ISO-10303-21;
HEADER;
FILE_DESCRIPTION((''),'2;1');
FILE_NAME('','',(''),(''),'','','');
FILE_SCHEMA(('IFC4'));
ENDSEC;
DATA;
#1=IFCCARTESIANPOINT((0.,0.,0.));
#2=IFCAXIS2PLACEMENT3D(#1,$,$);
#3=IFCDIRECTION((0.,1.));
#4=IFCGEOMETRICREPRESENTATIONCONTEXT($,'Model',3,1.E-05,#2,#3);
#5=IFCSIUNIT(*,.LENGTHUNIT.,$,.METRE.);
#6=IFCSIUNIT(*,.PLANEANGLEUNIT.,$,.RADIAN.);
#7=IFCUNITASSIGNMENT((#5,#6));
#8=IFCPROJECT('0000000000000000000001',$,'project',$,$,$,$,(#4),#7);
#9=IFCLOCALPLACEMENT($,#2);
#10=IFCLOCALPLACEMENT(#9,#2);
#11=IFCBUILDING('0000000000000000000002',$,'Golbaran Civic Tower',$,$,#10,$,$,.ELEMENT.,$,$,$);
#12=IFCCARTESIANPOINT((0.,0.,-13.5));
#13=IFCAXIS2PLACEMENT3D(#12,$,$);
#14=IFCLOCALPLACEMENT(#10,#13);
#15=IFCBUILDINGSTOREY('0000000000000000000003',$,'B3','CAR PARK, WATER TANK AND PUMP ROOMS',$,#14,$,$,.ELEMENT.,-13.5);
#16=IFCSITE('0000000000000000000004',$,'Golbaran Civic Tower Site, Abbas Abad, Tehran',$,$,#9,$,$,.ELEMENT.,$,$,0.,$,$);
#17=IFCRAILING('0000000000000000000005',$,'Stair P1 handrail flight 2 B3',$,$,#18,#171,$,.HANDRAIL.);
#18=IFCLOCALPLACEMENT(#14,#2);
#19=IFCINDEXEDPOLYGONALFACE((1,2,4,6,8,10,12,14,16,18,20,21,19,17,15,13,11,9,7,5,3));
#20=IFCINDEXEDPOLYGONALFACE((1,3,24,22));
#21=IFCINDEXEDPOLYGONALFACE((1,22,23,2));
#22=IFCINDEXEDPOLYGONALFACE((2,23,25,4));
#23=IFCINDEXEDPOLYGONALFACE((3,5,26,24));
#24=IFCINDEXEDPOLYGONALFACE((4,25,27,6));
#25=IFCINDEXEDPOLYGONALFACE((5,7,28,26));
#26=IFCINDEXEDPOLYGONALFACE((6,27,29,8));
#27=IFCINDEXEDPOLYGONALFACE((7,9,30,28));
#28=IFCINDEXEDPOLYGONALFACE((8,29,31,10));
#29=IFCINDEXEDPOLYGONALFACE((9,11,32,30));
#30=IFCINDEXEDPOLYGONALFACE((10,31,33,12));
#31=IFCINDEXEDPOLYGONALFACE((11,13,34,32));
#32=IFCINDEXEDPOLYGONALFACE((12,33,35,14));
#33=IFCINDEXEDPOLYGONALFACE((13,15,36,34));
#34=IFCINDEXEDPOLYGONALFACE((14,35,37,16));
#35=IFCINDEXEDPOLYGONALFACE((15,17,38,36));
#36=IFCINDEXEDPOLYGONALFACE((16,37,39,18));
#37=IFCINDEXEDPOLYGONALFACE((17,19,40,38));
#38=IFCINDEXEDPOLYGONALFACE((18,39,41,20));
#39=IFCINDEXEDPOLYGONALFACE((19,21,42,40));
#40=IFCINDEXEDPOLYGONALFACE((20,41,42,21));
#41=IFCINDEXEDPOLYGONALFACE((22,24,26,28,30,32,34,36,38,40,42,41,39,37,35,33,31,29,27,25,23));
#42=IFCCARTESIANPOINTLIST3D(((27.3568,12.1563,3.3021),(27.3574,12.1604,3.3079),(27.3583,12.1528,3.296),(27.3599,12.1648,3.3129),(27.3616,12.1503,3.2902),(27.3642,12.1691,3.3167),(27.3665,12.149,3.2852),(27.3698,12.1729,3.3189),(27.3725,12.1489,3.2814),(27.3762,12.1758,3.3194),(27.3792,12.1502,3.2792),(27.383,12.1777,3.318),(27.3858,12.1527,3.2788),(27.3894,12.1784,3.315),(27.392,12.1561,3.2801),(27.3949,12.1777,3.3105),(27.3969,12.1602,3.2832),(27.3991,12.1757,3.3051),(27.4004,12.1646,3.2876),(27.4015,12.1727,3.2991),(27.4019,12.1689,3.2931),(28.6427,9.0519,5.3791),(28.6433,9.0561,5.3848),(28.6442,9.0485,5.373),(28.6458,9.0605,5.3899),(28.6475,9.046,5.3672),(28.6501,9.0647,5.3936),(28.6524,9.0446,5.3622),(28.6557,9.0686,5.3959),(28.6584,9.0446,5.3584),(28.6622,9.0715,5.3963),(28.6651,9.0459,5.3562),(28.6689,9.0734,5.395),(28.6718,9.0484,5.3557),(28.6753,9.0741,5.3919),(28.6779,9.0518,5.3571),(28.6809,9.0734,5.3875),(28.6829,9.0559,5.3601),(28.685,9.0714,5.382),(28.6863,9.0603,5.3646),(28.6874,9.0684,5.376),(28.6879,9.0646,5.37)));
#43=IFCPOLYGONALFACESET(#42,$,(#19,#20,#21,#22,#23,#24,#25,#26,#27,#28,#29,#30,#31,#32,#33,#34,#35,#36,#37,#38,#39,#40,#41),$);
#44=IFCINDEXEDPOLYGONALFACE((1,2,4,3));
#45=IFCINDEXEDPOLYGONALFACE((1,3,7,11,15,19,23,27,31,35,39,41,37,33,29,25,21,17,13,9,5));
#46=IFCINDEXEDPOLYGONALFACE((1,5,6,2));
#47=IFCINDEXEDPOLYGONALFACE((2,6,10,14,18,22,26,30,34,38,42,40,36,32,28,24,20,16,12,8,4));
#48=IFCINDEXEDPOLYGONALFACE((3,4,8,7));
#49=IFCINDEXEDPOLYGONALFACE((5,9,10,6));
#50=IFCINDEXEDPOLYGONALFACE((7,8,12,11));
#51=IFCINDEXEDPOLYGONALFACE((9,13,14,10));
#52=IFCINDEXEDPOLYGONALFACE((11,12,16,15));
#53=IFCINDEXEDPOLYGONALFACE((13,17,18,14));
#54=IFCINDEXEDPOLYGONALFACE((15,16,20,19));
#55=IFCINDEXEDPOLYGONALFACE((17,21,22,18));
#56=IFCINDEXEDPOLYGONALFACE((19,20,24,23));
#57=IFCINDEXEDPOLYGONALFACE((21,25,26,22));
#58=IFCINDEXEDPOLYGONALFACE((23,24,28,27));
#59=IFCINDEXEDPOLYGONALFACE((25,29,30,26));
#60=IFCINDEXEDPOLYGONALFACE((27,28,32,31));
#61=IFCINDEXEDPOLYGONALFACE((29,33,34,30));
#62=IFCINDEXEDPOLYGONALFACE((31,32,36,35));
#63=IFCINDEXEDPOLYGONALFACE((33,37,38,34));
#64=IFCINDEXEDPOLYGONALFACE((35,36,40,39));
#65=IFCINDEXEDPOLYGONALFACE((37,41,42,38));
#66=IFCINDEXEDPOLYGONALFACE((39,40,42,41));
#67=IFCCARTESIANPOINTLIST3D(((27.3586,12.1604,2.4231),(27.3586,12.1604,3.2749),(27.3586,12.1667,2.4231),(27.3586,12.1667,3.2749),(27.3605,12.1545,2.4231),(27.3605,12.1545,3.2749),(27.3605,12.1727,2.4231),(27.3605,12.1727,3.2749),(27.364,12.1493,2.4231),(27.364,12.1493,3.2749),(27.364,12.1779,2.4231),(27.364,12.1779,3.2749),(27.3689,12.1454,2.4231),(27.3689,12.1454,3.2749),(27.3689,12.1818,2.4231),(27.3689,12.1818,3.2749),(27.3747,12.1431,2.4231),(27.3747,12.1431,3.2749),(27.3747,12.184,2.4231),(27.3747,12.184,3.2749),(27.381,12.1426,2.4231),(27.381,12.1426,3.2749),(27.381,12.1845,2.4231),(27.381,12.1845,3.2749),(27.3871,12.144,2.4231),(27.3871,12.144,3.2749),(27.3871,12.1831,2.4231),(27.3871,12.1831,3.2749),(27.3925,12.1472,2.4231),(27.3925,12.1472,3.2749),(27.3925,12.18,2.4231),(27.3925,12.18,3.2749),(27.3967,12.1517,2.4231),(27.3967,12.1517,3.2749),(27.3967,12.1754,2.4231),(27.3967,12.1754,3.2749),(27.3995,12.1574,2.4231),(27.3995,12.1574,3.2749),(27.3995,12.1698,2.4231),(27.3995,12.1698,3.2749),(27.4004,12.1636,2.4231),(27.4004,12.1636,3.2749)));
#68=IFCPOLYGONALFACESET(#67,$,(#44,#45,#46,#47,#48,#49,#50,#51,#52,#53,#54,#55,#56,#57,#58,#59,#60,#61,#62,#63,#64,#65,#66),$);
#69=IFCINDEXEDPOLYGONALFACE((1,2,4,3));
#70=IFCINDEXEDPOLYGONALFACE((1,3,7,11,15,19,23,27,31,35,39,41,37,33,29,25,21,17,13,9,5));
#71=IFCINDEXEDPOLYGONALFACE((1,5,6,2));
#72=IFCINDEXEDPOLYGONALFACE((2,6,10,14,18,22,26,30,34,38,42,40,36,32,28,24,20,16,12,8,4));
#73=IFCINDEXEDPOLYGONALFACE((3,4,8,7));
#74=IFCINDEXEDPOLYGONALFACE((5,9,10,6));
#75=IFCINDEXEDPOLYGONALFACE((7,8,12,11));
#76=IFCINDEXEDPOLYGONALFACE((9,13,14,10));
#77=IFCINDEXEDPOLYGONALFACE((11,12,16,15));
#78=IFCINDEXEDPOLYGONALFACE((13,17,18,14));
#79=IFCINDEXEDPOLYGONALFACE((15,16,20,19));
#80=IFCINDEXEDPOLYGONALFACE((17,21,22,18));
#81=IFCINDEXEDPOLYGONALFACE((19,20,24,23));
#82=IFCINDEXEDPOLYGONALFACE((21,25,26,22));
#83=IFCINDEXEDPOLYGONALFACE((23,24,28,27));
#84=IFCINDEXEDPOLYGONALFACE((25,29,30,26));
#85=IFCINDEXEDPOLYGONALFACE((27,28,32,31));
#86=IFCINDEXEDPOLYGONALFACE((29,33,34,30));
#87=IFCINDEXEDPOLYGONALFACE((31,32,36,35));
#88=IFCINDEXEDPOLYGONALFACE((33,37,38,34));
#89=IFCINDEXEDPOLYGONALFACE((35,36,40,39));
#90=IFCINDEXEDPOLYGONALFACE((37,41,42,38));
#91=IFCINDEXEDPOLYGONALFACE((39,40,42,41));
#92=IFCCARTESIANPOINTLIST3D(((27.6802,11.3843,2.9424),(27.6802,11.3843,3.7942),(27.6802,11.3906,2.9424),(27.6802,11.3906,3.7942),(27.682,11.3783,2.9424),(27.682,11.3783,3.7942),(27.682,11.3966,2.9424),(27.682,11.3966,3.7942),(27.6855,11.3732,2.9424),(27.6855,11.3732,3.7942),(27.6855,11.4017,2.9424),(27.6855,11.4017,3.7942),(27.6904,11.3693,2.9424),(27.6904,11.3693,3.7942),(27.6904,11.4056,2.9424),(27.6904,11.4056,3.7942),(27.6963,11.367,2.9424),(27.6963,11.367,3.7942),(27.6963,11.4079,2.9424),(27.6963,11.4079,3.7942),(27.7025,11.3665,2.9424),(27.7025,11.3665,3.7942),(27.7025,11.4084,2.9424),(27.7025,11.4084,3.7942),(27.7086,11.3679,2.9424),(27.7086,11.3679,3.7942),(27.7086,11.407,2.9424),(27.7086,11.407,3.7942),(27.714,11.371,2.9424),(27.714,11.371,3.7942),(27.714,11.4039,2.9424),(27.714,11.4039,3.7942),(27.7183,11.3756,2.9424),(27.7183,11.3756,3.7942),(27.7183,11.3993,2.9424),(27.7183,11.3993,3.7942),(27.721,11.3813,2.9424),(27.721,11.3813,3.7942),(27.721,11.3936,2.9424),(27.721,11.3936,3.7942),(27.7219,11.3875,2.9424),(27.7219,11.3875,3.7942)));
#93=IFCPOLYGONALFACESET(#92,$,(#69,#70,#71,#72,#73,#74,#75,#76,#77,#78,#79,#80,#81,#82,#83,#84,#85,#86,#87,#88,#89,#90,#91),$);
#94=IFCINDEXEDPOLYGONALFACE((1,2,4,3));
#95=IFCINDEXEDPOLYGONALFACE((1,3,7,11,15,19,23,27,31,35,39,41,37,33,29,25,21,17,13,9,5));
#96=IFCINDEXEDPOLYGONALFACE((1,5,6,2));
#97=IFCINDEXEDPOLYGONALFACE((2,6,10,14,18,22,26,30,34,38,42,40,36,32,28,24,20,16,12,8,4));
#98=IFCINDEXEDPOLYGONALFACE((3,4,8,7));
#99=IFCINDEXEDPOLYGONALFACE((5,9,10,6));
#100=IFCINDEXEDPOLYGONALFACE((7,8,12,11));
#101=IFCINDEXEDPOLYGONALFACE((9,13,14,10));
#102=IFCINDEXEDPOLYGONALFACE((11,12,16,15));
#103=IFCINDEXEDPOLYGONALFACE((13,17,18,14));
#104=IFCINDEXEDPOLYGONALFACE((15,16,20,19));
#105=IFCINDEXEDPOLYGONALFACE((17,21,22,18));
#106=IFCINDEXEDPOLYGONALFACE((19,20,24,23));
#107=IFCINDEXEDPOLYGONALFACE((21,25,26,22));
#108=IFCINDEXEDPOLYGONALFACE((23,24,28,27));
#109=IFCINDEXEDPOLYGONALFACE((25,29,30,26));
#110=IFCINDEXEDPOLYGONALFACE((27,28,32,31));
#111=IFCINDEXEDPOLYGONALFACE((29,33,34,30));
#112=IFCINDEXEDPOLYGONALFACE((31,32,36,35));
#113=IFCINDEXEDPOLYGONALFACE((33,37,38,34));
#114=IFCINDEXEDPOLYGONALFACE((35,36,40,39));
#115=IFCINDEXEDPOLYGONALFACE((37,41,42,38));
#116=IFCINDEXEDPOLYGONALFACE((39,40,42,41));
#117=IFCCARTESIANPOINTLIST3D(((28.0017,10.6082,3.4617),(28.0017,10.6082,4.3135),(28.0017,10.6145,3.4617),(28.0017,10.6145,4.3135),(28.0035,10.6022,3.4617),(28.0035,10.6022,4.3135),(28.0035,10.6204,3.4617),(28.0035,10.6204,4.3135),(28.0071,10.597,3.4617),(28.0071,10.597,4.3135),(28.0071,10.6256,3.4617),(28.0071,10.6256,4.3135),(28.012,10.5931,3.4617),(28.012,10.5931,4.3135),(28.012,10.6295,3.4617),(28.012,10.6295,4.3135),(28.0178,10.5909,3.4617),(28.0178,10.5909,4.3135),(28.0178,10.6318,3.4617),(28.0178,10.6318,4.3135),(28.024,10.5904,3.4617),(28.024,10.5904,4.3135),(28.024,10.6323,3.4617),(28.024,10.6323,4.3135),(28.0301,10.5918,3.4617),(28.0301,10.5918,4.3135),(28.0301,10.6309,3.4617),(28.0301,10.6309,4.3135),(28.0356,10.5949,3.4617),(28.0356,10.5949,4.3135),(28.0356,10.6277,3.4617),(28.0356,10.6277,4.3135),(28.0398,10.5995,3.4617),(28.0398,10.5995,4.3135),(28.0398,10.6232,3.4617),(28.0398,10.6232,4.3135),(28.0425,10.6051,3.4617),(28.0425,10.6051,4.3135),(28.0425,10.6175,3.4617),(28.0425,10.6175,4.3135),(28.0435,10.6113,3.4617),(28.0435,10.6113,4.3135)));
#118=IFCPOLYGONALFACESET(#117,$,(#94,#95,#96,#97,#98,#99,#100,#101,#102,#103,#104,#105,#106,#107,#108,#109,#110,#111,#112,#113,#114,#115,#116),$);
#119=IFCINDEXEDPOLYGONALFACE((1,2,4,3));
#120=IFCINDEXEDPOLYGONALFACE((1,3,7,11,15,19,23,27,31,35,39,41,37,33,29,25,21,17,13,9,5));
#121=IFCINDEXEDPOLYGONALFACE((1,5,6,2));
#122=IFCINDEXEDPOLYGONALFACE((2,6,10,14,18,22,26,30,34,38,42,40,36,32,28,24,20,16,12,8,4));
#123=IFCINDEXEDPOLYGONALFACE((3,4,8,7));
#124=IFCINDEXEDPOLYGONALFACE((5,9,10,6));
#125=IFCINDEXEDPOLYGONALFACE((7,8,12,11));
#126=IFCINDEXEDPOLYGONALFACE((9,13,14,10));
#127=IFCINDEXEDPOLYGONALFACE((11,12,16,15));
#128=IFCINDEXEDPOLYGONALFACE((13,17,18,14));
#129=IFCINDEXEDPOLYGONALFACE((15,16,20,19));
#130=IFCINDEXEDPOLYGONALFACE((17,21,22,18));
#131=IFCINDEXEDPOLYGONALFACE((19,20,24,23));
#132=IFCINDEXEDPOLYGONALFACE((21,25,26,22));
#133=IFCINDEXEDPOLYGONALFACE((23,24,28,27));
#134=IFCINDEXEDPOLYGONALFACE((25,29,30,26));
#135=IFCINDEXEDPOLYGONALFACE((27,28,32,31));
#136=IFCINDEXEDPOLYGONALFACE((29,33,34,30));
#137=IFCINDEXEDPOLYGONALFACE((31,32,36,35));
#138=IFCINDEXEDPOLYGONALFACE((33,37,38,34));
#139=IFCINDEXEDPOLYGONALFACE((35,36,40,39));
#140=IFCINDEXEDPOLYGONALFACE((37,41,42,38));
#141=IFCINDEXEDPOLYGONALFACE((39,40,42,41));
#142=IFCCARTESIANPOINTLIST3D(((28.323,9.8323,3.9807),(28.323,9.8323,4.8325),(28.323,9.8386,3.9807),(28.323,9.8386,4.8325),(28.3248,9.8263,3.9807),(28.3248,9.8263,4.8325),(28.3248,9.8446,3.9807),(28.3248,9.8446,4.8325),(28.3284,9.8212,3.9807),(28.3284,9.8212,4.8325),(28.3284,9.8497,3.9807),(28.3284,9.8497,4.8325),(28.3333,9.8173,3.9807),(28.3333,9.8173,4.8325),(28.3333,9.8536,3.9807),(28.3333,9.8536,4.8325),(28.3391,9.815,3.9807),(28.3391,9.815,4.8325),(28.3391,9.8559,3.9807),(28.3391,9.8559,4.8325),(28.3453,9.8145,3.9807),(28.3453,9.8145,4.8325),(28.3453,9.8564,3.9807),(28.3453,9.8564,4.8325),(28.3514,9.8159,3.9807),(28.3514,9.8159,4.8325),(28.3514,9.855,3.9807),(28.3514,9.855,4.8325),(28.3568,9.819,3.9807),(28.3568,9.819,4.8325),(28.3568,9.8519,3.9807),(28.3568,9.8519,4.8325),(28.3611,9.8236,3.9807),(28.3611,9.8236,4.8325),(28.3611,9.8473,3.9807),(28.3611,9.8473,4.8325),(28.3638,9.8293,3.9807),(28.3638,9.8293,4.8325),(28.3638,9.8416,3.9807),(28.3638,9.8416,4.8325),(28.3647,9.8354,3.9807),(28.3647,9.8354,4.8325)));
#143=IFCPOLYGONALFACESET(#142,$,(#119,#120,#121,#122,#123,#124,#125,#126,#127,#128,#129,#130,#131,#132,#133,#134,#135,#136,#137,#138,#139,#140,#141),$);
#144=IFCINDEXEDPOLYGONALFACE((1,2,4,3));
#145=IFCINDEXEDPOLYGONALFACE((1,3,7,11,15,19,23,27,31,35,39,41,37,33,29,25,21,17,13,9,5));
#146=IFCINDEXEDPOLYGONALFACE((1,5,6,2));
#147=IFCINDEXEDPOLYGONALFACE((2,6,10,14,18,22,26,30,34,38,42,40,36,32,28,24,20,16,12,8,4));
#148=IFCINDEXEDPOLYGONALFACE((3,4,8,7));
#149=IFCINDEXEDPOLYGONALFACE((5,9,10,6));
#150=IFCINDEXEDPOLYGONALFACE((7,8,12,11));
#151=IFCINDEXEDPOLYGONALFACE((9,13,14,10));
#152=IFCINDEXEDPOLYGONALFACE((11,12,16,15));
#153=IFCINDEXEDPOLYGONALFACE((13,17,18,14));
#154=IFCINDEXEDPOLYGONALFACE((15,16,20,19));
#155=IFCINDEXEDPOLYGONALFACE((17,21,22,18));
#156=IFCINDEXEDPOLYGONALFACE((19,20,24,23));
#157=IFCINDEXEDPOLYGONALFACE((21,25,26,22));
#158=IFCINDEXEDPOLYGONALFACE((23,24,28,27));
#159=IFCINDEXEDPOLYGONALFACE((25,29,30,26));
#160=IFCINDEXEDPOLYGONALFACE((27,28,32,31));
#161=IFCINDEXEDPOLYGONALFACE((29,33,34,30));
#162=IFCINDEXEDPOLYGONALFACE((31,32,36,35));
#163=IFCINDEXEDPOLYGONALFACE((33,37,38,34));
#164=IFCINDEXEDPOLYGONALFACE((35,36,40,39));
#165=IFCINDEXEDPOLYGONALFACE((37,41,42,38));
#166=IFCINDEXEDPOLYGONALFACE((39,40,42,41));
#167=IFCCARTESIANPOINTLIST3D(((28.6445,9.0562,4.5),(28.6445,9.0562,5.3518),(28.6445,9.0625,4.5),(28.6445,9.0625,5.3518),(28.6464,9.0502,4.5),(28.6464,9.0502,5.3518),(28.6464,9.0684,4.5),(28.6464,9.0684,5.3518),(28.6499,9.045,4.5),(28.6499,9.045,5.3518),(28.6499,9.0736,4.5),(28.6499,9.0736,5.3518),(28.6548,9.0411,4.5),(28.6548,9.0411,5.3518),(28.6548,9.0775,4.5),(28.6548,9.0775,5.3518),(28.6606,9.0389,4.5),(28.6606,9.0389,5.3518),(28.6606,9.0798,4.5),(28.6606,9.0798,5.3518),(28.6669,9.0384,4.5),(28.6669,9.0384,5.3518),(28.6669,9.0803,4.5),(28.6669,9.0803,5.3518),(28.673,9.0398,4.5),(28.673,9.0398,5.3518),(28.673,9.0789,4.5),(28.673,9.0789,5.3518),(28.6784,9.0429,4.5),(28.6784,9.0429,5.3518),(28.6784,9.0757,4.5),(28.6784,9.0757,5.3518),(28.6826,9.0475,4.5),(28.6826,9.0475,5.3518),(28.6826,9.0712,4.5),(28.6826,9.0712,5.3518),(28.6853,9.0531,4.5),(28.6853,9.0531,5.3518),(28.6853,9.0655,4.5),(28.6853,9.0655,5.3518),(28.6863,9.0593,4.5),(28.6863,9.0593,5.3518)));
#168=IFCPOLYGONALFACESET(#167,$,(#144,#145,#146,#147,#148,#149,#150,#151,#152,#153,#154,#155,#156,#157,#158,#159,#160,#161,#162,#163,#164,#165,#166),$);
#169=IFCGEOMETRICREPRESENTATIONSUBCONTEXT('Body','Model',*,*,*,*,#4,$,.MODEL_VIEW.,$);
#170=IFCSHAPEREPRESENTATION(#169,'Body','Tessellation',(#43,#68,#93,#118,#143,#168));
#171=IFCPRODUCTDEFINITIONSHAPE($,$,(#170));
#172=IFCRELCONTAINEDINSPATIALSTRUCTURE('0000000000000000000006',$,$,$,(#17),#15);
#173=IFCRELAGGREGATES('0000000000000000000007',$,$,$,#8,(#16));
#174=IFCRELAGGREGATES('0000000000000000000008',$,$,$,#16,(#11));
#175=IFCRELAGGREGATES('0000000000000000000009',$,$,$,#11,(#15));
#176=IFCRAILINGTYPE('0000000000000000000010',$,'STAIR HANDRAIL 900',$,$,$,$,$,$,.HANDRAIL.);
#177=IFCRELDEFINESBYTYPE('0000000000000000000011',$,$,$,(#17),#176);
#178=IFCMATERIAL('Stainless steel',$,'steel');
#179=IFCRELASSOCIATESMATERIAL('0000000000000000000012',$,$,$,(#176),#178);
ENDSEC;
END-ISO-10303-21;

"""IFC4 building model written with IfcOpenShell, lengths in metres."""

from ifc_helpers import new_model, si_unit, direction, frame, origin, origin_2d, place, context, subcontext, project, spatial, circle, extrude, material, type_object, element, save


model = new_model("IFC4")

# Units and contexts
model_context = context("Model", 3, precision=1e-05, world=origin(), true_north=direction((0.0, 1.0)))
body_context = subcontext(model_context, "Body", "Model", "MODEL_VIEW")
ifc_project = project(units=[si_unit("LENGTHUNIT", "METRE"), si_unit("PLANEANGLEUNIT", "RADIAN")], contexts=[model_context])

# Site, building, storey
site_placement = place(None, origin())
site = spatial("IfcSite", under=ifc_project, at=site_placement, Name="Golbaran Civic Tower Site, Abbas Abad, Tehran", CompositionType="ELEMENT", RefElevation=0.0)
building_placement = place(site_placement, origin())
building = spatial("IfcBuilding", under=site, at=building_placement, Name="Golbaran Civic Tower", CompositionType="ELEMENT")
storey_placement = place(building_placement, frame((0.0, 0.0, -13.5)))
storey = spatial("IfcBuildingStorey", under=building, at=storey_placement, Name="B3", Description="CAR PARK, WATER TANK AND PUMP ROOMS", CompositionType="ELEMENT", Elevation=-13.5)

# Railing
ifc_material_1 = material(Name="Stainless steel", Category="steel")
railing_type_1 = type_object("IfcRailingType", Name="STAIR HANDRAIL 900", PredefinedType="HANDRAIL", material=ifc_material_1)
railing_1_placement = place(storey_placement, frame((27.3794, 12.1636, 2.4231)))
element("IfcRailing", 1, at=railing_1_placement, inside=storey, type_object=railing_type_1, Name="Stair P1 handrail flight 2 B3", PredefinedType="HANDRAIL", context=body_context, shape_type="SweptSolid", body=[
    extrude(circle(Radius=0.0239, at=origin_2d()), frame((0.0, 0.0, 0.876), z_axis=(0.325532, -0.785863, 0.525783), x_axis=(0.923872, 0.3827, 0.0)), (0.0, 0.0, 1.0), 3.9502),
    extrude(circle(Radius=0.021, at=origin_2d()), origin(), (0.0, 0.0, 1.0), 0.8518),
    extrude(circle(Radius=0.021, at=origin_2d()), frame((0.3215, -0.7761, 0.5193)), (0.0, 0.0, 1.0), 0.8518),
    extrude(circle(Radius=0.021, at=origin_2d()), frame((0.6431, -1.5522, 1.0386)), (0.0, 0.0, 1.0), 0.8518),
    extrude(circle(Radius=0.021, at=origin_2d()), frame((0.9644, -2.3281, 1.5576)), (0.0, 0.0, 1.0), 0.8518),
    extrude(circle(Radius=0.021, at=origin_2d()), frame((1.2859, -3.1042, 2.0769)), (0.0, 0.0, 1.0), 0.8518),
])

save(model, "model.ifc")
